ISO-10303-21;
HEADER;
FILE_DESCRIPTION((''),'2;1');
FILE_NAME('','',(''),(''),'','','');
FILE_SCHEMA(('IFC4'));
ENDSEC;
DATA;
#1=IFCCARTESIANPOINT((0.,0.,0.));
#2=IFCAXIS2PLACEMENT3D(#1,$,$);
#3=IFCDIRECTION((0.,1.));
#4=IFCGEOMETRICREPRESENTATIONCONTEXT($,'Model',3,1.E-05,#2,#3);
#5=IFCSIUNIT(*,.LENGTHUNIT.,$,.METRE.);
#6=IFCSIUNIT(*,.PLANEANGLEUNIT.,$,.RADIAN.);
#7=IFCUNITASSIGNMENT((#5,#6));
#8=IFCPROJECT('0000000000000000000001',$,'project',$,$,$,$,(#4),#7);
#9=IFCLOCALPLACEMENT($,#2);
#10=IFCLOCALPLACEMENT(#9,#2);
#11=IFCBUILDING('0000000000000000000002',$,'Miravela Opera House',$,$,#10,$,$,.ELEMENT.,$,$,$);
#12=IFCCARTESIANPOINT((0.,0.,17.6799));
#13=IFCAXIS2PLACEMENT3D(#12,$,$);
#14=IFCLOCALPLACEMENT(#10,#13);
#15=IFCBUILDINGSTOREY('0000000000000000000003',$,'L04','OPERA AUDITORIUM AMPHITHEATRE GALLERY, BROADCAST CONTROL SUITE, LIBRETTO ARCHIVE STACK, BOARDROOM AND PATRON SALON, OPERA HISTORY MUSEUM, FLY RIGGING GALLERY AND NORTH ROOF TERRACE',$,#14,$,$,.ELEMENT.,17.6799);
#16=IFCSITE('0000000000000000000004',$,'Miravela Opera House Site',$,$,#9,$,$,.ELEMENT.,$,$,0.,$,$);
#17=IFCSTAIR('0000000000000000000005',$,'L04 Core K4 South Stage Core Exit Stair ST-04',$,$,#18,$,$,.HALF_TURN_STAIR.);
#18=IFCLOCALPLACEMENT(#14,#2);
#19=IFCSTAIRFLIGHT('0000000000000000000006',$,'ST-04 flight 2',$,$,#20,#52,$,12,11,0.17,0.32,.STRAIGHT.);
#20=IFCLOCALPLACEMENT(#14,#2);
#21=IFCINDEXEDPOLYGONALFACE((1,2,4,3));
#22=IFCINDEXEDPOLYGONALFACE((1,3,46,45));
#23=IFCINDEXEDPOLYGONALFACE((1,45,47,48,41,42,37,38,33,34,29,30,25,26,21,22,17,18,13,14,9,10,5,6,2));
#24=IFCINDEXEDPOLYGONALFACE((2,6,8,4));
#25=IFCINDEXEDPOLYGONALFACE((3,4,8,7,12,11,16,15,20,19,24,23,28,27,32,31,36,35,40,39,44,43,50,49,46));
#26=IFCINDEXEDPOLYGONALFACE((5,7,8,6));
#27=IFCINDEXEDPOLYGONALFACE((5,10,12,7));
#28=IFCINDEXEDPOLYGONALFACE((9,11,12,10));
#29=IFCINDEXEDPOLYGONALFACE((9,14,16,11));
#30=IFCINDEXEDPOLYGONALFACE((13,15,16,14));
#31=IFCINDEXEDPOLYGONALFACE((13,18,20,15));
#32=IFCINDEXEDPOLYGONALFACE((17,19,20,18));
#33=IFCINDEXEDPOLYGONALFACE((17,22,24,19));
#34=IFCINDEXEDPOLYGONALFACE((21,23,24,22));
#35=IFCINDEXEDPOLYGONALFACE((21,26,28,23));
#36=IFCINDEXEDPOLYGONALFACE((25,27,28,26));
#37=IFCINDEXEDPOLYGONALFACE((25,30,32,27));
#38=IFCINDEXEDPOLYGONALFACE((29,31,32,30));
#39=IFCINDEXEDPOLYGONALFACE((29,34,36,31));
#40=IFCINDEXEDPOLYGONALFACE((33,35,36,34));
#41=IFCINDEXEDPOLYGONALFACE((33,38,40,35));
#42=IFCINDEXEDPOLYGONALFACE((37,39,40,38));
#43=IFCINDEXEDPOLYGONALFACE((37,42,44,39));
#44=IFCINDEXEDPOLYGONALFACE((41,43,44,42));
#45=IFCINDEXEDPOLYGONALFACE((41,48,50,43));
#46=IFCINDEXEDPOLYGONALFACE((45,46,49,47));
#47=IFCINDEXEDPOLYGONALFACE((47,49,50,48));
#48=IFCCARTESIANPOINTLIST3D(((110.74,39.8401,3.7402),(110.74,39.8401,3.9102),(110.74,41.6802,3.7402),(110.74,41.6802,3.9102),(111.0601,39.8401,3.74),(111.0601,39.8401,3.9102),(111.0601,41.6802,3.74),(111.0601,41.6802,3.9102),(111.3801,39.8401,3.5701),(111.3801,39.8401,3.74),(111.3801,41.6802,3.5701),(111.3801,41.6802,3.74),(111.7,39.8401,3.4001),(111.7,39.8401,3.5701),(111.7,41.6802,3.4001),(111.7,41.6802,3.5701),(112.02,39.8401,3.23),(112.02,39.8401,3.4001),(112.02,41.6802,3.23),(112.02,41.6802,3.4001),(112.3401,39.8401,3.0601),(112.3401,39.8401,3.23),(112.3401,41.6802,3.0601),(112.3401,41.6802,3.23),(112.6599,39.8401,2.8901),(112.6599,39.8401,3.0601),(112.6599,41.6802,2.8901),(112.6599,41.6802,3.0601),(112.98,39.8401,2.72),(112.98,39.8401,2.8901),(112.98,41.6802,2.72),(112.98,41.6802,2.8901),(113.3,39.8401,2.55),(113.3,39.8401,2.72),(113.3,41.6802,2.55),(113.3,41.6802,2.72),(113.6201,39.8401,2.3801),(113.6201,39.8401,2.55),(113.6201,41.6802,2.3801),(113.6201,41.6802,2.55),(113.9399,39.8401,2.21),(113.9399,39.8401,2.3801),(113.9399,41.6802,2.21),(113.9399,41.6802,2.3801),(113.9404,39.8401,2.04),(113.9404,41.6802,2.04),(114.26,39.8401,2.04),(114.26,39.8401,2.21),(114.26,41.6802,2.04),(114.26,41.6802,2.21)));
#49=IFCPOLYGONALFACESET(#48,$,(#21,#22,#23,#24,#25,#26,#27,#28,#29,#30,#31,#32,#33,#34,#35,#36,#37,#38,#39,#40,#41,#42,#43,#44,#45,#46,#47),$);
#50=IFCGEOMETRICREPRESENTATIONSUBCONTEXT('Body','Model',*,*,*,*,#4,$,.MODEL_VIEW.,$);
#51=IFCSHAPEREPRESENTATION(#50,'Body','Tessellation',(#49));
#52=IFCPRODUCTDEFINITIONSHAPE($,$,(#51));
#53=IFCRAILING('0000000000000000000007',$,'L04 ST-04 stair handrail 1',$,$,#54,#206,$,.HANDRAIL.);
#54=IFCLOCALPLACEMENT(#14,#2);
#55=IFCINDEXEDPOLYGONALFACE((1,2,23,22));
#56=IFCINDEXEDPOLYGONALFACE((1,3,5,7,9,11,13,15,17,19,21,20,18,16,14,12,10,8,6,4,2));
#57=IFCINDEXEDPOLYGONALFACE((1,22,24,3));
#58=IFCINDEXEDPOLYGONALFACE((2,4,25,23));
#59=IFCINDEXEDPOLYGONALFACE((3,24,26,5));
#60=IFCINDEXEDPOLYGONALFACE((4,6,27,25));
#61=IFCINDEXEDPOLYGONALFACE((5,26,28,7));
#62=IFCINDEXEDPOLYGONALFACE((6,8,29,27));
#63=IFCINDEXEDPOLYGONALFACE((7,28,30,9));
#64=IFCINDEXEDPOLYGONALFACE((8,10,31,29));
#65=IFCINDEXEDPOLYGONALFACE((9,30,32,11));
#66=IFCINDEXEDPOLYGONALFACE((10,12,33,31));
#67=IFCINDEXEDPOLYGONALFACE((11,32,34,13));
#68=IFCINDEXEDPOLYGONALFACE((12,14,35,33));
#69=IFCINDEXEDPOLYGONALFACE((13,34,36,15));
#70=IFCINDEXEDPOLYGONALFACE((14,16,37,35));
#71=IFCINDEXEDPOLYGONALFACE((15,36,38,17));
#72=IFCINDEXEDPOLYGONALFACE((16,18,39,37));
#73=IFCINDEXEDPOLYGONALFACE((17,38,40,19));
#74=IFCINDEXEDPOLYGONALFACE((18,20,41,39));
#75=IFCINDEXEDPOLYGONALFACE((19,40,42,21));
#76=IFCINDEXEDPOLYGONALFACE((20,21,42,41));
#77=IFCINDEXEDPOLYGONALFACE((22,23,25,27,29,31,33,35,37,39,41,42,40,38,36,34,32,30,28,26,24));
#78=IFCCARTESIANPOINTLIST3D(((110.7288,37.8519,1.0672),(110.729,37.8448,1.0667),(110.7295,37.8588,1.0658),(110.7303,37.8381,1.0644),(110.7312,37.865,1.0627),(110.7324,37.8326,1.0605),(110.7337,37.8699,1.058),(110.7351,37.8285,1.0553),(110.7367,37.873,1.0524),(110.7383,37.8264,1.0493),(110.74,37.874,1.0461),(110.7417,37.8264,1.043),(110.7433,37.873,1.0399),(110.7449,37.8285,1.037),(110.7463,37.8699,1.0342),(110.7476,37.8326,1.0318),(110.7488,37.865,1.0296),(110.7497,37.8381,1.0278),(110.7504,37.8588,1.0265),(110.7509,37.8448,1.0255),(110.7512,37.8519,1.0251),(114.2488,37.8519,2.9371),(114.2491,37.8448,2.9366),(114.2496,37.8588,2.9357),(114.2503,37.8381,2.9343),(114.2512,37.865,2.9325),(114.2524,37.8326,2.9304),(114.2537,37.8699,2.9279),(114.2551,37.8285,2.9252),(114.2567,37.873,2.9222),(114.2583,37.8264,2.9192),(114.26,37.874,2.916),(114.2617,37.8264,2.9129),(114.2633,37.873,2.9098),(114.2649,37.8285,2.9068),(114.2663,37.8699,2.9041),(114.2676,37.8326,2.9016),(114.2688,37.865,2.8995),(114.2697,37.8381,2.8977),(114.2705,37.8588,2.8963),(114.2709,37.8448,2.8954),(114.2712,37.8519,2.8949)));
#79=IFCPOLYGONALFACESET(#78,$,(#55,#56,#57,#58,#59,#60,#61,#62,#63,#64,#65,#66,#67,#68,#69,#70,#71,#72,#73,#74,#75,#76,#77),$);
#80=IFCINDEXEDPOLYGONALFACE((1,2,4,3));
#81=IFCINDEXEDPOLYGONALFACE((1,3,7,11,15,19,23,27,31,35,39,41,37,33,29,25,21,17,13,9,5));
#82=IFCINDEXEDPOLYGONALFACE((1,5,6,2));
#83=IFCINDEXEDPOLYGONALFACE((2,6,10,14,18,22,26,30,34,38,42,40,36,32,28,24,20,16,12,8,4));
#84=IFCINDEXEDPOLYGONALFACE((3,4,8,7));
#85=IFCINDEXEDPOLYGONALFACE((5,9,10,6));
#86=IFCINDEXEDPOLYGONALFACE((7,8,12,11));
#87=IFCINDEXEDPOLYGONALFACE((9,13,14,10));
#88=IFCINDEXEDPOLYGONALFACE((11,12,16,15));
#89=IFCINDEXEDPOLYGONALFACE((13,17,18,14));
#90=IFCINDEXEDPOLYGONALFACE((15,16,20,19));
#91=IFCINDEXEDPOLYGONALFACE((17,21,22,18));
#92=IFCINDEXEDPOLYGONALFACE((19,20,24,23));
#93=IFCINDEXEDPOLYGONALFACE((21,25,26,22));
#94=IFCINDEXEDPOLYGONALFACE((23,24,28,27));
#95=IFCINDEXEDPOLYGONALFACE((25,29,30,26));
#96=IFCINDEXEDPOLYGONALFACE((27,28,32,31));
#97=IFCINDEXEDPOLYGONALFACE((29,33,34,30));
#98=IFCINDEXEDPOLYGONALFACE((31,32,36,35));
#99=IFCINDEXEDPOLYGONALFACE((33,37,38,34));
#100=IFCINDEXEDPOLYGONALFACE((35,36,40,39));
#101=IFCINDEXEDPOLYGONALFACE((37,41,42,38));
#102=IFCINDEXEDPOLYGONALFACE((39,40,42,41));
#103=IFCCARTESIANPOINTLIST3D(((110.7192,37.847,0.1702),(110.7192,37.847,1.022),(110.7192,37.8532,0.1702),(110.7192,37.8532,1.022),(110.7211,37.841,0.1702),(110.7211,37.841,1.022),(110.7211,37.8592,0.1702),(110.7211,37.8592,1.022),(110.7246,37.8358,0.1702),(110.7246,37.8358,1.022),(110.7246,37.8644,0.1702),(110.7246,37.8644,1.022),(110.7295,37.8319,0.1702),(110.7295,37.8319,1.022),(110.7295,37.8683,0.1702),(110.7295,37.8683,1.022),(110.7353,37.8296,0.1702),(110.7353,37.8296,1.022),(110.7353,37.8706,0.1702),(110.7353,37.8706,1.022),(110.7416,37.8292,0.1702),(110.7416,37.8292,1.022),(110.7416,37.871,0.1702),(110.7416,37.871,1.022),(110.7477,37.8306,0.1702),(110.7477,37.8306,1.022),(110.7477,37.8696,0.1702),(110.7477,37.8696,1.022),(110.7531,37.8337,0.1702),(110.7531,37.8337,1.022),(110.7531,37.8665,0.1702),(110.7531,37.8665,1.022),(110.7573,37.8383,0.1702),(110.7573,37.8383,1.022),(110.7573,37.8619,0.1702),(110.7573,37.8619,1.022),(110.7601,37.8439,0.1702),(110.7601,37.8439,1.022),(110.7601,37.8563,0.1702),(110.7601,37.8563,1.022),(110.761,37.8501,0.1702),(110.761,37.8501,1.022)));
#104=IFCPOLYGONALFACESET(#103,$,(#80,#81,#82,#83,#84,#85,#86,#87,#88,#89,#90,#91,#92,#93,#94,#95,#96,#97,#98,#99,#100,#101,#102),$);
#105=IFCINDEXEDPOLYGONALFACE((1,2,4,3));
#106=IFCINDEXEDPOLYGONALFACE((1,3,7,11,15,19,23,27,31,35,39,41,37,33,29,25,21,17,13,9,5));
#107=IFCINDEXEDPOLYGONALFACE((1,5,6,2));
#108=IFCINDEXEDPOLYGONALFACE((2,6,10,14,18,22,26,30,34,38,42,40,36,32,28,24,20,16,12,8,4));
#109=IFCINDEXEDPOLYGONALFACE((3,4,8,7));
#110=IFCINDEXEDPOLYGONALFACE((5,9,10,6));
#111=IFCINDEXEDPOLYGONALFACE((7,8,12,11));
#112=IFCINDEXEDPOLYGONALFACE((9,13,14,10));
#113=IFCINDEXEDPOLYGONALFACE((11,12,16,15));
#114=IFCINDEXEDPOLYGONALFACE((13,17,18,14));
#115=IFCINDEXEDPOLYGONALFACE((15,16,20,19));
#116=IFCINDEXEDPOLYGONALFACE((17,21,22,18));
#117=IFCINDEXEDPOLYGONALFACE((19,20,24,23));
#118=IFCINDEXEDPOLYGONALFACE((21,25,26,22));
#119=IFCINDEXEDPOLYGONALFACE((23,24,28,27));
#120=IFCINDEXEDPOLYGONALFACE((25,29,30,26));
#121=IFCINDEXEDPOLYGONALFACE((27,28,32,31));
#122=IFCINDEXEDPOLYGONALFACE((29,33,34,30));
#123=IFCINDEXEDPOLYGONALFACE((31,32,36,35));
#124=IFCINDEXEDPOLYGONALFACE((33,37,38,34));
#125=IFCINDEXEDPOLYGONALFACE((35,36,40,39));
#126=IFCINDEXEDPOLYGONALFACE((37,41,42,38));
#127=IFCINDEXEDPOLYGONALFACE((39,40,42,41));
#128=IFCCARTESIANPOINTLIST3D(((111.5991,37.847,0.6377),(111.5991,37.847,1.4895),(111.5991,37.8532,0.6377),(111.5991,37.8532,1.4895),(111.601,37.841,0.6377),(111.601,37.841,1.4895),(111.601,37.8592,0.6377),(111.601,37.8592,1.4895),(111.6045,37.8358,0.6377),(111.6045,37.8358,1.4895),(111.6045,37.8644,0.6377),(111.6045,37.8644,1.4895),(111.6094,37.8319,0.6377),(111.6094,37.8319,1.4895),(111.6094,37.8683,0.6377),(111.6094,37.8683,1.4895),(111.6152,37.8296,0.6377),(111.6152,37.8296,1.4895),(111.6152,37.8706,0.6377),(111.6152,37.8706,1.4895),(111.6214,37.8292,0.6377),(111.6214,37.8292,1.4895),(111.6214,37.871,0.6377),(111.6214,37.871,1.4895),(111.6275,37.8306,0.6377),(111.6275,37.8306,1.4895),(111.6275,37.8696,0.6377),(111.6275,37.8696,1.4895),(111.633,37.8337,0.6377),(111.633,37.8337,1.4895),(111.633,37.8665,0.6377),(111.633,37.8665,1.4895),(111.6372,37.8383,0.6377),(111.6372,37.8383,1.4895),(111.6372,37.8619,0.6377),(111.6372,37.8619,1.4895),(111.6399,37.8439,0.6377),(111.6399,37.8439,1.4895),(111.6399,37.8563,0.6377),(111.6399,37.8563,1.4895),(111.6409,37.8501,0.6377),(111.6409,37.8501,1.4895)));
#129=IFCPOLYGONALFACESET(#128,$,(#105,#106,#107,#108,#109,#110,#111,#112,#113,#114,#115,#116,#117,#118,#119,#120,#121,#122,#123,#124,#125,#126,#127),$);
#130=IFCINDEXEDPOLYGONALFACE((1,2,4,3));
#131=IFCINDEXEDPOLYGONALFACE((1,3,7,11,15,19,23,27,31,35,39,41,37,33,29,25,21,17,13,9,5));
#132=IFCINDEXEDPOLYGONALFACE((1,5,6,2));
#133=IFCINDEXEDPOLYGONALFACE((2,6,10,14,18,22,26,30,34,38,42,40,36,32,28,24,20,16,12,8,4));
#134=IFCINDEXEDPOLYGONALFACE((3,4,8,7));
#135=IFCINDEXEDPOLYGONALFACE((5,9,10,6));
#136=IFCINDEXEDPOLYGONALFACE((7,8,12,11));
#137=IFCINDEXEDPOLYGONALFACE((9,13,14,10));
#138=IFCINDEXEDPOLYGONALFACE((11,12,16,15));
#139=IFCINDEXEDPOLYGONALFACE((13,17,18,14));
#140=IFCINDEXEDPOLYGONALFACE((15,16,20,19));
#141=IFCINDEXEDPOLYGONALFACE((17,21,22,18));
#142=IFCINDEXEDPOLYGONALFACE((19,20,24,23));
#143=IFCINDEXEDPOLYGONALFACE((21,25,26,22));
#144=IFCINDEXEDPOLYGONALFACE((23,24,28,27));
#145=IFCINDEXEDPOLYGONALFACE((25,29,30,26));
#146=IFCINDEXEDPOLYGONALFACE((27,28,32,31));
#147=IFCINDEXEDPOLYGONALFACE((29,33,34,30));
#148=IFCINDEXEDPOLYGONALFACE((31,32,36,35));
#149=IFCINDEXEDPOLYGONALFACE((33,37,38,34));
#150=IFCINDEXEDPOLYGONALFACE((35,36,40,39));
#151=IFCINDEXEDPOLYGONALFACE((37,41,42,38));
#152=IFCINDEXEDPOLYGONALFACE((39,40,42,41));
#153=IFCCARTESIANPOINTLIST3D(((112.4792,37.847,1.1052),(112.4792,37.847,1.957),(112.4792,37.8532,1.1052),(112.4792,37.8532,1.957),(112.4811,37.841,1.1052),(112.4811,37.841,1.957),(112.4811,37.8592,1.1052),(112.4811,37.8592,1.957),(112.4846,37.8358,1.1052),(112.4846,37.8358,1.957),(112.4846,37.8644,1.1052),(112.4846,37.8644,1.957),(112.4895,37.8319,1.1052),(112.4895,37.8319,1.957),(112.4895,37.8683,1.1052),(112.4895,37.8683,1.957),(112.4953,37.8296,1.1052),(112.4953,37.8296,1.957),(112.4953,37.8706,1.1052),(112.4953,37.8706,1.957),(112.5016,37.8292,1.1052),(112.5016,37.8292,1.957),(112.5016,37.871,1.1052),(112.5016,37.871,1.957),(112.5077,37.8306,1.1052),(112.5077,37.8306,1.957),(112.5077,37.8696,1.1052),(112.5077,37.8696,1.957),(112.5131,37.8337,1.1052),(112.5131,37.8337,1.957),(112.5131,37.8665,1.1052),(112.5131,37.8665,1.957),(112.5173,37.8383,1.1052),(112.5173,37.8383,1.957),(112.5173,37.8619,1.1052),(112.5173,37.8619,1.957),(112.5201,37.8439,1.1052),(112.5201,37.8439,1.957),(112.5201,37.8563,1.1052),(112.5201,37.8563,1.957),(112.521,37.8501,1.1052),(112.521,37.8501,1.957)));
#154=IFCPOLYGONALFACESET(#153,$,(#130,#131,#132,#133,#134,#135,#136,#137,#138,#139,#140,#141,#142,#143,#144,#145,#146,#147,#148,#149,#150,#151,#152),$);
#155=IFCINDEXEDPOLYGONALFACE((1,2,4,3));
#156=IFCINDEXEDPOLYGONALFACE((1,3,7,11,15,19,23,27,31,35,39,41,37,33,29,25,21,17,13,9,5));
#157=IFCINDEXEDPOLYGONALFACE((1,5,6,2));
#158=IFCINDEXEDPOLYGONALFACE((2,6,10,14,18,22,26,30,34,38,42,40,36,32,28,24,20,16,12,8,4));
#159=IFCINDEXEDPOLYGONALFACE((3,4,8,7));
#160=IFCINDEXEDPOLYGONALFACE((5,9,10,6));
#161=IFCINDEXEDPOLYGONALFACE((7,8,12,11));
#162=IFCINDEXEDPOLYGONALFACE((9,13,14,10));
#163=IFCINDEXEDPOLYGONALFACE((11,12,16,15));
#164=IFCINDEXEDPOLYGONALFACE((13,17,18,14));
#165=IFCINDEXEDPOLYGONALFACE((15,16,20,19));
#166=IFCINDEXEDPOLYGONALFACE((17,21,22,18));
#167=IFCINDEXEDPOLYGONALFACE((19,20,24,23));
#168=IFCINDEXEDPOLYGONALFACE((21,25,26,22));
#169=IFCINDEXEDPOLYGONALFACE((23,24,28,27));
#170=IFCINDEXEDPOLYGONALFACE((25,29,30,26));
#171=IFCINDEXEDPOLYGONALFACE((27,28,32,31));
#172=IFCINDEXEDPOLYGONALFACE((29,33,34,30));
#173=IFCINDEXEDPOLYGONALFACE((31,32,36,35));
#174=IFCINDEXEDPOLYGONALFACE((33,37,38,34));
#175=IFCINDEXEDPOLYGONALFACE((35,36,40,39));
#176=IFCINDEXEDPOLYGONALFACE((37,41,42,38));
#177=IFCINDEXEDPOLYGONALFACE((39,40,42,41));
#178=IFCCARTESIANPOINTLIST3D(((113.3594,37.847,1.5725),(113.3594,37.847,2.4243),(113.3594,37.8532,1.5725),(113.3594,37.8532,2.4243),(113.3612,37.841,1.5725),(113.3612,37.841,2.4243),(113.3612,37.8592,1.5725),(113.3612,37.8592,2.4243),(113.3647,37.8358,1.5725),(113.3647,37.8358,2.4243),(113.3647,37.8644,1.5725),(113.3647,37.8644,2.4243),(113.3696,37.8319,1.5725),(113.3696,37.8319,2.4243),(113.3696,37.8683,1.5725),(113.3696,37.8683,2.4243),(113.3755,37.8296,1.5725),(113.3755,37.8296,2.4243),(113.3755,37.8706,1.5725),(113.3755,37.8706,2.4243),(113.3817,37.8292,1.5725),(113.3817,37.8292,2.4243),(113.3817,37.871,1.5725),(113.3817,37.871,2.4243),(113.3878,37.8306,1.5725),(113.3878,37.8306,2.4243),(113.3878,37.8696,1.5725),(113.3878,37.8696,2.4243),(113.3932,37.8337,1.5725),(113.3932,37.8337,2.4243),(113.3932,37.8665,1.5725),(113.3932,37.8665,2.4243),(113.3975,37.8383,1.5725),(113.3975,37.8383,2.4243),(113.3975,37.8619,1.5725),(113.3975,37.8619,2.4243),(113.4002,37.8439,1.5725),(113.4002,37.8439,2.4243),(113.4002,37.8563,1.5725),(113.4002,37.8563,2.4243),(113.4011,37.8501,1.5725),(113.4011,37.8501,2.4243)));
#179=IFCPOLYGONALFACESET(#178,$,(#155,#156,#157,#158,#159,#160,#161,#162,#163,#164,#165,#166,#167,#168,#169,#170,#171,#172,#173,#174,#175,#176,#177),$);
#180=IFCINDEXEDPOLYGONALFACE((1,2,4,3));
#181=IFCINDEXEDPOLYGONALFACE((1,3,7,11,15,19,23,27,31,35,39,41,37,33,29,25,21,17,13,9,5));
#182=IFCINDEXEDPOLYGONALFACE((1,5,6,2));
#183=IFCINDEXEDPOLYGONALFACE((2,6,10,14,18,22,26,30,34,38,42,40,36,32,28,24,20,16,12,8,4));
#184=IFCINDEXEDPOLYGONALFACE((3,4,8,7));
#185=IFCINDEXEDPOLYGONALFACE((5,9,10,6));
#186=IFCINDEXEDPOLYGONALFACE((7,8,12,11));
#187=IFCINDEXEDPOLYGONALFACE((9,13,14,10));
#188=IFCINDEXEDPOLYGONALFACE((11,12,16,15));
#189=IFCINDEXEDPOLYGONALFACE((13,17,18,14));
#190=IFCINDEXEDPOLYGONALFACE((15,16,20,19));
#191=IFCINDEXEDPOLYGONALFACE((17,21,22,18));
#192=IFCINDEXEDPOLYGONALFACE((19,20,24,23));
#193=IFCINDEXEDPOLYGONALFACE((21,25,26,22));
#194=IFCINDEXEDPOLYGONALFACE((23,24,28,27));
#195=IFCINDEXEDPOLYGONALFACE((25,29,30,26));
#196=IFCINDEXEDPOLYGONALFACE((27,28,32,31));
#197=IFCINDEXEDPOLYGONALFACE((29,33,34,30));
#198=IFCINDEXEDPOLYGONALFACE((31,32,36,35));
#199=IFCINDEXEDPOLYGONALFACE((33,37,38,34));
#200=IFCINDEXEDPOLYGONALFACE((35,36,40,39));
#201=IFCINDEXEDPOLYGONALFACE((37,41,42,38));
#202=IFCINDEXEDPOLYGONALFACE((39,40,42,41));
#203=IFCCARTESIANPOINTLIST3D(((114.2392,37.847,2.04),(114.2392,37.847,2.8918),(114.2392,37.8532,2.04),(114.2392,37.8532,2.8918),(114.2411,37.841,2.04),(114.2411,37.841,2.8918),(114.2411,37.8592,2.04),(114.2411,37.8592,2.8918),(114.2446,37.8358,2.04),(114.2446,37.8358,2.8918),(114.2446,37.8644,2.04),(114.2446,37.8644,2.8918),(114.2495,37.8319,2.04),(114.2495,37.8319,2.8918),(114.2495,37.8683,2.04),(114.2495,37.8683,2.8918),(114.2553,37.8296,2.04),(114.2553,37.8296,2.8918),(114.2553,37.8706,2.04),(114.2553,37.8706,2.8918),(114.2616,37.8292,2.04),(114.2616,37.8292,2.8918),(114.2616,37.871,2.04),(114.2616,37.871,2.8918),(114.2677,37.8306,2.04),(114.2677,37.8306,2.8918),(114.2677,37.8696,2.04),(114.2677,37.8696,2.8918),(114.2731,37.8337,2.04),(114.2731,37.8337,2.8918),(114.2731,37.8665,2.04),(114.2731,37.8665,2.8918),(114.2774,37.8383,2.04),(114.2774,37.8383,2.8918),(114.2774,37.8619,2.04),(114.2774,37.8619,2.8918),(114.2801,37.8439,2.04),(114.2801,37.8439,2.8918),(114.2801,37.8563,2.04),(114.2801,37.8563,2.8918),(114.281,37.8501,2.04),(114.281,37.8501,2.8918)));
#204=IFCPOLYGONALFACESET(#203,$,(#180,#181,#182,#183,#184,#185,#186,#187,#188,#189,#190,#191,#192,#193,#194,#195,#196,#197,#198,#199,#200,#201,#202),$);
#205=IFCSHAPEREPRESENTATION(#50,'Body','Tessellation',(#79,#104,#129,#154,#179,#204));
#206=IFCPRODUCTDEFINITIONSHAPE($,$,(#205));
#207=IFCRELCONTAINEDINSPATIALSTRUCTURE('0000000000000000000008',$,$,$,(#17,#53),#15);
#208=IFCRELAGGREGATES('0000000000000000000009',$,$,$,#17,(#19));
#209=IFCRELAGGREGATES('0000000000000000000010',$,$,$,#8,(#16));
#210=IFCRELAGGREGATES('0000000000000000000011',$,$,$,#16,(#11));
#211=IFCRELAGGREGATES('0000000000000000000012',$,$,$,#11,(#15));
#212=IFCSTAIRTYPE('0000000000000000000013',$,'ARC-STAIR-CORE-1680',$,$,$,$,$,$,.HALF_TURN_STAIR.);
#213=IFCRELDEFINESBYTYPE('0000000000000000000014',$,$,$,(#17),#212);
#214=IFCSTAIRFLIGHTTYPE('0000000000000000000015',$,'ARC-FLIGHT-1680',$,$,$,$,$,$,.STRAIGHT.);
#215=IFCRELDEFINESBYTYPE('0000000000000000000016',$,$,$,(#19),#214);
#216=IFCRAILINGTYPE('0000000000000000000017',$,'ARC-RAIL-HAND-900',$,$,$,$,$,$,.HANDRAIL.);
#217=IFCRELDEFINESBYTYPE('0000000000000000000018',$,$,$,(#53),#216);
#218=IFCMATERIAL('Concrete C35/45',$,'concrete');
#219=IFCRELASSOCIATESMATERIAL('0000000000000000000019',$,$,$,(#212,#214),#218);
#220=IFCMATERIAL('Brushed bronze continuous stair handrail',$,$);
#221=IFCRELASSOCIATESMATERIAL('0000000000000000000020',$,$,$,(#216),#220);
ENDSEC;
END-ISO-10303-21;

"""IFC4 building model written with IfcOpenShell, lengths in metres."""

from ifc_helpers import new_model, si_unit, direction, frame, origin, origin_2d, place, context, subcontext, project, spatial, polyline, circle, outline, extrude, material, type_object, element, aggregate, save


model = new_model("IFC4")

# Units and contexts
model_context = context("Model", 3, precision=1e-05, world=origin(), true_north=direction((0.0, 1.0)))
body_context = subcontext(model_context, "Body", "Model", "MODEL_VIEW")
ifc_project = project(units=[si_unit("LENGTHUNIT", "METRE"), si_unit("PLANEANGLEUNIT", "RADIAN")], contexts=[model_context])

# Site, building, storey
site_placement = place(None, origin())
site = spatial("IfcSite", under=ifc_project, at=site_placement, Name="Miravela Opera House Site", CompositionType="ELEMENT", RefElevation=0.0)
building_placement = place(site_placement, origin())
building = spatial("IfcBuilding", under=site, at=building_placement, Name="Miravela Opera House", CompositionType="ELEMENT")
storey_placement = place(building_placement, frame((0.0, 0.0, 17.6799)))
storey = spatial("IfcBuildingStorey", under=building, at=storey_placement, Name="L04", Description="OPERA AUDITORIUM AMPHITHEATRE GALLERY, BROADCAST CONTROL SUITE, LIBRETTO ARCHIVE STACK, BOARDROOM AND PATRON SALON, OPERA HISTORY MUSEUM, FLY RIGGING GALLERY AND NORTH ROOF TERRACE", CompositionType="ELEMENT", Elevation=17.6799)

# Shared definitions
ifc_material_1 = material(Name="Concrete C35/45", Category="concrete")

# Stair, stair flight
stair_type = type_object("IfcStairType", Name="ARC-STAIR-CORE-1680", PredefinedType="HALF_TURN_STAIR", material=ifc_material_1)
stair_placement = place(storey_placement, origin())
stair = element("IfcStair", 1, at=stair_placement, inside=storey, type_object=stair_type, Name="L04 Core K4 South Stage Core Exit Stair ST-04", PredefinedType="HALF_TURN_STAIR")
stair_flight_type = type_object("IfcStairFlightType", Name="ARC-FLIGHT-1680", PredefinedType="STRAIGHT", material=ifc_material_1)
stair_flight_1_placement = place(storey_placement, frame((114.26, 40.76, 2.04), z_axis=(0.0, 0.0, 1.0), x_axis=(-1.0, 0.0, 0.0)))
stair_flight_1 = element("IfcStairFlight", 2, at=stair_flight_1_placement, type_object=stair_flight_type, Name="ST-04 flight 2", NumberOfRisers=12, NumberOfTreads=11, PredefinedType="STRAIGHT", RiserHeight=0.17, TreadLength=0.32, context=body_context, shape_type="SweptSolid", body=[
    extrude(outline(polyline([(0.0, 0.0), (0.0, 0.1699), (0.3201, 0.1699), (0.3201, 0.3401), (0.6399, 0.3401), (0.6399, 0.51), (0.96, 0.51), (0.96, 0.6799), (1.28, 0.6799), (1.28, 0.8501), (1.6001, 0.8501), (1.6001, 1.02), (1.9199, 1.02), (1.9199, 1.1899), (2.24, 1.1899), (2.24, 1.3601), (2.5601, 1.3601), (2.5601, 1.53), (2.8799, 1.53), (2.8799, 1.7), (3.2, 1.7), (3.2, 1.8701), (3.52, 1.8701), (3.52, 2.04), (3.52, 1.7002), (0.3196, 0.0), (0.0, 0.0)])), frame((0.0, 0.9199, 0.0), z_axis=(0.0, -1.0, 0.0), x_axis=(1.0, 0.0, 0.0)), (0.0, 0.0, 1.0), 1.8401),
])
aggregate(stair, [stair_flight_1])

# Railing
ifc_material_2 = material(Name="Brushed bronze continuous stair handrail")
railing_type_1 = type_object("IfcRailingType", Name="ARC-RAIL-HAND-900", PredefinedType="HANDRAIL", material=ifc_material_2)
railing_1_placement = place(storey_placement, frame((110.74, 37.8501, 0.1702)))
element("IfcRailing", 3, at=railing_1_placement, inside=storey, type_object=railing_type_1, Name="L04 ST-04 stair handrail 1", PredefinedType="HANDRAIL", context=body_context, shape_type="SweptSolid", body=[
    extrude(circle(Radius=0.0239, at=origin_2d()), frame((0.0, 0.0, 0.876), z_axis=(0.88313, 0.0, 0.469128), x_axis=(0.0, 1.0, 0.0)), (0.0, 0.0, 1.0), 3.9858),
    extrude(circle(Radius=0.021, at=origin_2d()), origin(), (0.0, 0.0, 1.0), 0.8518),
    extrude(circle(Radius=0.021, at=origin_2d()), frame((0.8799, 0.0, 0.4675)), (0.0, 0.0, 1.0), 0.8518),
    extrude(circle(Radius=0.021, at=origin_2d()), frame((1.76, 0.0, 0.9351)), (0.0, 0.0, 1.0), 0.8518),
    extrude(circle(Radius=0.021, at=origin_2d()), frame((2.6401, 0.0, 1.4023)), (0.0, 0.0, 1.0), 0.8518),
    extrude(circle(Radius=0.021, at=origin_2d()), frame((3.52, 0.0, 1.8699)), (0.0, 0.0, 1.0), 0.8518),
])

save(model, "model.ifc")
